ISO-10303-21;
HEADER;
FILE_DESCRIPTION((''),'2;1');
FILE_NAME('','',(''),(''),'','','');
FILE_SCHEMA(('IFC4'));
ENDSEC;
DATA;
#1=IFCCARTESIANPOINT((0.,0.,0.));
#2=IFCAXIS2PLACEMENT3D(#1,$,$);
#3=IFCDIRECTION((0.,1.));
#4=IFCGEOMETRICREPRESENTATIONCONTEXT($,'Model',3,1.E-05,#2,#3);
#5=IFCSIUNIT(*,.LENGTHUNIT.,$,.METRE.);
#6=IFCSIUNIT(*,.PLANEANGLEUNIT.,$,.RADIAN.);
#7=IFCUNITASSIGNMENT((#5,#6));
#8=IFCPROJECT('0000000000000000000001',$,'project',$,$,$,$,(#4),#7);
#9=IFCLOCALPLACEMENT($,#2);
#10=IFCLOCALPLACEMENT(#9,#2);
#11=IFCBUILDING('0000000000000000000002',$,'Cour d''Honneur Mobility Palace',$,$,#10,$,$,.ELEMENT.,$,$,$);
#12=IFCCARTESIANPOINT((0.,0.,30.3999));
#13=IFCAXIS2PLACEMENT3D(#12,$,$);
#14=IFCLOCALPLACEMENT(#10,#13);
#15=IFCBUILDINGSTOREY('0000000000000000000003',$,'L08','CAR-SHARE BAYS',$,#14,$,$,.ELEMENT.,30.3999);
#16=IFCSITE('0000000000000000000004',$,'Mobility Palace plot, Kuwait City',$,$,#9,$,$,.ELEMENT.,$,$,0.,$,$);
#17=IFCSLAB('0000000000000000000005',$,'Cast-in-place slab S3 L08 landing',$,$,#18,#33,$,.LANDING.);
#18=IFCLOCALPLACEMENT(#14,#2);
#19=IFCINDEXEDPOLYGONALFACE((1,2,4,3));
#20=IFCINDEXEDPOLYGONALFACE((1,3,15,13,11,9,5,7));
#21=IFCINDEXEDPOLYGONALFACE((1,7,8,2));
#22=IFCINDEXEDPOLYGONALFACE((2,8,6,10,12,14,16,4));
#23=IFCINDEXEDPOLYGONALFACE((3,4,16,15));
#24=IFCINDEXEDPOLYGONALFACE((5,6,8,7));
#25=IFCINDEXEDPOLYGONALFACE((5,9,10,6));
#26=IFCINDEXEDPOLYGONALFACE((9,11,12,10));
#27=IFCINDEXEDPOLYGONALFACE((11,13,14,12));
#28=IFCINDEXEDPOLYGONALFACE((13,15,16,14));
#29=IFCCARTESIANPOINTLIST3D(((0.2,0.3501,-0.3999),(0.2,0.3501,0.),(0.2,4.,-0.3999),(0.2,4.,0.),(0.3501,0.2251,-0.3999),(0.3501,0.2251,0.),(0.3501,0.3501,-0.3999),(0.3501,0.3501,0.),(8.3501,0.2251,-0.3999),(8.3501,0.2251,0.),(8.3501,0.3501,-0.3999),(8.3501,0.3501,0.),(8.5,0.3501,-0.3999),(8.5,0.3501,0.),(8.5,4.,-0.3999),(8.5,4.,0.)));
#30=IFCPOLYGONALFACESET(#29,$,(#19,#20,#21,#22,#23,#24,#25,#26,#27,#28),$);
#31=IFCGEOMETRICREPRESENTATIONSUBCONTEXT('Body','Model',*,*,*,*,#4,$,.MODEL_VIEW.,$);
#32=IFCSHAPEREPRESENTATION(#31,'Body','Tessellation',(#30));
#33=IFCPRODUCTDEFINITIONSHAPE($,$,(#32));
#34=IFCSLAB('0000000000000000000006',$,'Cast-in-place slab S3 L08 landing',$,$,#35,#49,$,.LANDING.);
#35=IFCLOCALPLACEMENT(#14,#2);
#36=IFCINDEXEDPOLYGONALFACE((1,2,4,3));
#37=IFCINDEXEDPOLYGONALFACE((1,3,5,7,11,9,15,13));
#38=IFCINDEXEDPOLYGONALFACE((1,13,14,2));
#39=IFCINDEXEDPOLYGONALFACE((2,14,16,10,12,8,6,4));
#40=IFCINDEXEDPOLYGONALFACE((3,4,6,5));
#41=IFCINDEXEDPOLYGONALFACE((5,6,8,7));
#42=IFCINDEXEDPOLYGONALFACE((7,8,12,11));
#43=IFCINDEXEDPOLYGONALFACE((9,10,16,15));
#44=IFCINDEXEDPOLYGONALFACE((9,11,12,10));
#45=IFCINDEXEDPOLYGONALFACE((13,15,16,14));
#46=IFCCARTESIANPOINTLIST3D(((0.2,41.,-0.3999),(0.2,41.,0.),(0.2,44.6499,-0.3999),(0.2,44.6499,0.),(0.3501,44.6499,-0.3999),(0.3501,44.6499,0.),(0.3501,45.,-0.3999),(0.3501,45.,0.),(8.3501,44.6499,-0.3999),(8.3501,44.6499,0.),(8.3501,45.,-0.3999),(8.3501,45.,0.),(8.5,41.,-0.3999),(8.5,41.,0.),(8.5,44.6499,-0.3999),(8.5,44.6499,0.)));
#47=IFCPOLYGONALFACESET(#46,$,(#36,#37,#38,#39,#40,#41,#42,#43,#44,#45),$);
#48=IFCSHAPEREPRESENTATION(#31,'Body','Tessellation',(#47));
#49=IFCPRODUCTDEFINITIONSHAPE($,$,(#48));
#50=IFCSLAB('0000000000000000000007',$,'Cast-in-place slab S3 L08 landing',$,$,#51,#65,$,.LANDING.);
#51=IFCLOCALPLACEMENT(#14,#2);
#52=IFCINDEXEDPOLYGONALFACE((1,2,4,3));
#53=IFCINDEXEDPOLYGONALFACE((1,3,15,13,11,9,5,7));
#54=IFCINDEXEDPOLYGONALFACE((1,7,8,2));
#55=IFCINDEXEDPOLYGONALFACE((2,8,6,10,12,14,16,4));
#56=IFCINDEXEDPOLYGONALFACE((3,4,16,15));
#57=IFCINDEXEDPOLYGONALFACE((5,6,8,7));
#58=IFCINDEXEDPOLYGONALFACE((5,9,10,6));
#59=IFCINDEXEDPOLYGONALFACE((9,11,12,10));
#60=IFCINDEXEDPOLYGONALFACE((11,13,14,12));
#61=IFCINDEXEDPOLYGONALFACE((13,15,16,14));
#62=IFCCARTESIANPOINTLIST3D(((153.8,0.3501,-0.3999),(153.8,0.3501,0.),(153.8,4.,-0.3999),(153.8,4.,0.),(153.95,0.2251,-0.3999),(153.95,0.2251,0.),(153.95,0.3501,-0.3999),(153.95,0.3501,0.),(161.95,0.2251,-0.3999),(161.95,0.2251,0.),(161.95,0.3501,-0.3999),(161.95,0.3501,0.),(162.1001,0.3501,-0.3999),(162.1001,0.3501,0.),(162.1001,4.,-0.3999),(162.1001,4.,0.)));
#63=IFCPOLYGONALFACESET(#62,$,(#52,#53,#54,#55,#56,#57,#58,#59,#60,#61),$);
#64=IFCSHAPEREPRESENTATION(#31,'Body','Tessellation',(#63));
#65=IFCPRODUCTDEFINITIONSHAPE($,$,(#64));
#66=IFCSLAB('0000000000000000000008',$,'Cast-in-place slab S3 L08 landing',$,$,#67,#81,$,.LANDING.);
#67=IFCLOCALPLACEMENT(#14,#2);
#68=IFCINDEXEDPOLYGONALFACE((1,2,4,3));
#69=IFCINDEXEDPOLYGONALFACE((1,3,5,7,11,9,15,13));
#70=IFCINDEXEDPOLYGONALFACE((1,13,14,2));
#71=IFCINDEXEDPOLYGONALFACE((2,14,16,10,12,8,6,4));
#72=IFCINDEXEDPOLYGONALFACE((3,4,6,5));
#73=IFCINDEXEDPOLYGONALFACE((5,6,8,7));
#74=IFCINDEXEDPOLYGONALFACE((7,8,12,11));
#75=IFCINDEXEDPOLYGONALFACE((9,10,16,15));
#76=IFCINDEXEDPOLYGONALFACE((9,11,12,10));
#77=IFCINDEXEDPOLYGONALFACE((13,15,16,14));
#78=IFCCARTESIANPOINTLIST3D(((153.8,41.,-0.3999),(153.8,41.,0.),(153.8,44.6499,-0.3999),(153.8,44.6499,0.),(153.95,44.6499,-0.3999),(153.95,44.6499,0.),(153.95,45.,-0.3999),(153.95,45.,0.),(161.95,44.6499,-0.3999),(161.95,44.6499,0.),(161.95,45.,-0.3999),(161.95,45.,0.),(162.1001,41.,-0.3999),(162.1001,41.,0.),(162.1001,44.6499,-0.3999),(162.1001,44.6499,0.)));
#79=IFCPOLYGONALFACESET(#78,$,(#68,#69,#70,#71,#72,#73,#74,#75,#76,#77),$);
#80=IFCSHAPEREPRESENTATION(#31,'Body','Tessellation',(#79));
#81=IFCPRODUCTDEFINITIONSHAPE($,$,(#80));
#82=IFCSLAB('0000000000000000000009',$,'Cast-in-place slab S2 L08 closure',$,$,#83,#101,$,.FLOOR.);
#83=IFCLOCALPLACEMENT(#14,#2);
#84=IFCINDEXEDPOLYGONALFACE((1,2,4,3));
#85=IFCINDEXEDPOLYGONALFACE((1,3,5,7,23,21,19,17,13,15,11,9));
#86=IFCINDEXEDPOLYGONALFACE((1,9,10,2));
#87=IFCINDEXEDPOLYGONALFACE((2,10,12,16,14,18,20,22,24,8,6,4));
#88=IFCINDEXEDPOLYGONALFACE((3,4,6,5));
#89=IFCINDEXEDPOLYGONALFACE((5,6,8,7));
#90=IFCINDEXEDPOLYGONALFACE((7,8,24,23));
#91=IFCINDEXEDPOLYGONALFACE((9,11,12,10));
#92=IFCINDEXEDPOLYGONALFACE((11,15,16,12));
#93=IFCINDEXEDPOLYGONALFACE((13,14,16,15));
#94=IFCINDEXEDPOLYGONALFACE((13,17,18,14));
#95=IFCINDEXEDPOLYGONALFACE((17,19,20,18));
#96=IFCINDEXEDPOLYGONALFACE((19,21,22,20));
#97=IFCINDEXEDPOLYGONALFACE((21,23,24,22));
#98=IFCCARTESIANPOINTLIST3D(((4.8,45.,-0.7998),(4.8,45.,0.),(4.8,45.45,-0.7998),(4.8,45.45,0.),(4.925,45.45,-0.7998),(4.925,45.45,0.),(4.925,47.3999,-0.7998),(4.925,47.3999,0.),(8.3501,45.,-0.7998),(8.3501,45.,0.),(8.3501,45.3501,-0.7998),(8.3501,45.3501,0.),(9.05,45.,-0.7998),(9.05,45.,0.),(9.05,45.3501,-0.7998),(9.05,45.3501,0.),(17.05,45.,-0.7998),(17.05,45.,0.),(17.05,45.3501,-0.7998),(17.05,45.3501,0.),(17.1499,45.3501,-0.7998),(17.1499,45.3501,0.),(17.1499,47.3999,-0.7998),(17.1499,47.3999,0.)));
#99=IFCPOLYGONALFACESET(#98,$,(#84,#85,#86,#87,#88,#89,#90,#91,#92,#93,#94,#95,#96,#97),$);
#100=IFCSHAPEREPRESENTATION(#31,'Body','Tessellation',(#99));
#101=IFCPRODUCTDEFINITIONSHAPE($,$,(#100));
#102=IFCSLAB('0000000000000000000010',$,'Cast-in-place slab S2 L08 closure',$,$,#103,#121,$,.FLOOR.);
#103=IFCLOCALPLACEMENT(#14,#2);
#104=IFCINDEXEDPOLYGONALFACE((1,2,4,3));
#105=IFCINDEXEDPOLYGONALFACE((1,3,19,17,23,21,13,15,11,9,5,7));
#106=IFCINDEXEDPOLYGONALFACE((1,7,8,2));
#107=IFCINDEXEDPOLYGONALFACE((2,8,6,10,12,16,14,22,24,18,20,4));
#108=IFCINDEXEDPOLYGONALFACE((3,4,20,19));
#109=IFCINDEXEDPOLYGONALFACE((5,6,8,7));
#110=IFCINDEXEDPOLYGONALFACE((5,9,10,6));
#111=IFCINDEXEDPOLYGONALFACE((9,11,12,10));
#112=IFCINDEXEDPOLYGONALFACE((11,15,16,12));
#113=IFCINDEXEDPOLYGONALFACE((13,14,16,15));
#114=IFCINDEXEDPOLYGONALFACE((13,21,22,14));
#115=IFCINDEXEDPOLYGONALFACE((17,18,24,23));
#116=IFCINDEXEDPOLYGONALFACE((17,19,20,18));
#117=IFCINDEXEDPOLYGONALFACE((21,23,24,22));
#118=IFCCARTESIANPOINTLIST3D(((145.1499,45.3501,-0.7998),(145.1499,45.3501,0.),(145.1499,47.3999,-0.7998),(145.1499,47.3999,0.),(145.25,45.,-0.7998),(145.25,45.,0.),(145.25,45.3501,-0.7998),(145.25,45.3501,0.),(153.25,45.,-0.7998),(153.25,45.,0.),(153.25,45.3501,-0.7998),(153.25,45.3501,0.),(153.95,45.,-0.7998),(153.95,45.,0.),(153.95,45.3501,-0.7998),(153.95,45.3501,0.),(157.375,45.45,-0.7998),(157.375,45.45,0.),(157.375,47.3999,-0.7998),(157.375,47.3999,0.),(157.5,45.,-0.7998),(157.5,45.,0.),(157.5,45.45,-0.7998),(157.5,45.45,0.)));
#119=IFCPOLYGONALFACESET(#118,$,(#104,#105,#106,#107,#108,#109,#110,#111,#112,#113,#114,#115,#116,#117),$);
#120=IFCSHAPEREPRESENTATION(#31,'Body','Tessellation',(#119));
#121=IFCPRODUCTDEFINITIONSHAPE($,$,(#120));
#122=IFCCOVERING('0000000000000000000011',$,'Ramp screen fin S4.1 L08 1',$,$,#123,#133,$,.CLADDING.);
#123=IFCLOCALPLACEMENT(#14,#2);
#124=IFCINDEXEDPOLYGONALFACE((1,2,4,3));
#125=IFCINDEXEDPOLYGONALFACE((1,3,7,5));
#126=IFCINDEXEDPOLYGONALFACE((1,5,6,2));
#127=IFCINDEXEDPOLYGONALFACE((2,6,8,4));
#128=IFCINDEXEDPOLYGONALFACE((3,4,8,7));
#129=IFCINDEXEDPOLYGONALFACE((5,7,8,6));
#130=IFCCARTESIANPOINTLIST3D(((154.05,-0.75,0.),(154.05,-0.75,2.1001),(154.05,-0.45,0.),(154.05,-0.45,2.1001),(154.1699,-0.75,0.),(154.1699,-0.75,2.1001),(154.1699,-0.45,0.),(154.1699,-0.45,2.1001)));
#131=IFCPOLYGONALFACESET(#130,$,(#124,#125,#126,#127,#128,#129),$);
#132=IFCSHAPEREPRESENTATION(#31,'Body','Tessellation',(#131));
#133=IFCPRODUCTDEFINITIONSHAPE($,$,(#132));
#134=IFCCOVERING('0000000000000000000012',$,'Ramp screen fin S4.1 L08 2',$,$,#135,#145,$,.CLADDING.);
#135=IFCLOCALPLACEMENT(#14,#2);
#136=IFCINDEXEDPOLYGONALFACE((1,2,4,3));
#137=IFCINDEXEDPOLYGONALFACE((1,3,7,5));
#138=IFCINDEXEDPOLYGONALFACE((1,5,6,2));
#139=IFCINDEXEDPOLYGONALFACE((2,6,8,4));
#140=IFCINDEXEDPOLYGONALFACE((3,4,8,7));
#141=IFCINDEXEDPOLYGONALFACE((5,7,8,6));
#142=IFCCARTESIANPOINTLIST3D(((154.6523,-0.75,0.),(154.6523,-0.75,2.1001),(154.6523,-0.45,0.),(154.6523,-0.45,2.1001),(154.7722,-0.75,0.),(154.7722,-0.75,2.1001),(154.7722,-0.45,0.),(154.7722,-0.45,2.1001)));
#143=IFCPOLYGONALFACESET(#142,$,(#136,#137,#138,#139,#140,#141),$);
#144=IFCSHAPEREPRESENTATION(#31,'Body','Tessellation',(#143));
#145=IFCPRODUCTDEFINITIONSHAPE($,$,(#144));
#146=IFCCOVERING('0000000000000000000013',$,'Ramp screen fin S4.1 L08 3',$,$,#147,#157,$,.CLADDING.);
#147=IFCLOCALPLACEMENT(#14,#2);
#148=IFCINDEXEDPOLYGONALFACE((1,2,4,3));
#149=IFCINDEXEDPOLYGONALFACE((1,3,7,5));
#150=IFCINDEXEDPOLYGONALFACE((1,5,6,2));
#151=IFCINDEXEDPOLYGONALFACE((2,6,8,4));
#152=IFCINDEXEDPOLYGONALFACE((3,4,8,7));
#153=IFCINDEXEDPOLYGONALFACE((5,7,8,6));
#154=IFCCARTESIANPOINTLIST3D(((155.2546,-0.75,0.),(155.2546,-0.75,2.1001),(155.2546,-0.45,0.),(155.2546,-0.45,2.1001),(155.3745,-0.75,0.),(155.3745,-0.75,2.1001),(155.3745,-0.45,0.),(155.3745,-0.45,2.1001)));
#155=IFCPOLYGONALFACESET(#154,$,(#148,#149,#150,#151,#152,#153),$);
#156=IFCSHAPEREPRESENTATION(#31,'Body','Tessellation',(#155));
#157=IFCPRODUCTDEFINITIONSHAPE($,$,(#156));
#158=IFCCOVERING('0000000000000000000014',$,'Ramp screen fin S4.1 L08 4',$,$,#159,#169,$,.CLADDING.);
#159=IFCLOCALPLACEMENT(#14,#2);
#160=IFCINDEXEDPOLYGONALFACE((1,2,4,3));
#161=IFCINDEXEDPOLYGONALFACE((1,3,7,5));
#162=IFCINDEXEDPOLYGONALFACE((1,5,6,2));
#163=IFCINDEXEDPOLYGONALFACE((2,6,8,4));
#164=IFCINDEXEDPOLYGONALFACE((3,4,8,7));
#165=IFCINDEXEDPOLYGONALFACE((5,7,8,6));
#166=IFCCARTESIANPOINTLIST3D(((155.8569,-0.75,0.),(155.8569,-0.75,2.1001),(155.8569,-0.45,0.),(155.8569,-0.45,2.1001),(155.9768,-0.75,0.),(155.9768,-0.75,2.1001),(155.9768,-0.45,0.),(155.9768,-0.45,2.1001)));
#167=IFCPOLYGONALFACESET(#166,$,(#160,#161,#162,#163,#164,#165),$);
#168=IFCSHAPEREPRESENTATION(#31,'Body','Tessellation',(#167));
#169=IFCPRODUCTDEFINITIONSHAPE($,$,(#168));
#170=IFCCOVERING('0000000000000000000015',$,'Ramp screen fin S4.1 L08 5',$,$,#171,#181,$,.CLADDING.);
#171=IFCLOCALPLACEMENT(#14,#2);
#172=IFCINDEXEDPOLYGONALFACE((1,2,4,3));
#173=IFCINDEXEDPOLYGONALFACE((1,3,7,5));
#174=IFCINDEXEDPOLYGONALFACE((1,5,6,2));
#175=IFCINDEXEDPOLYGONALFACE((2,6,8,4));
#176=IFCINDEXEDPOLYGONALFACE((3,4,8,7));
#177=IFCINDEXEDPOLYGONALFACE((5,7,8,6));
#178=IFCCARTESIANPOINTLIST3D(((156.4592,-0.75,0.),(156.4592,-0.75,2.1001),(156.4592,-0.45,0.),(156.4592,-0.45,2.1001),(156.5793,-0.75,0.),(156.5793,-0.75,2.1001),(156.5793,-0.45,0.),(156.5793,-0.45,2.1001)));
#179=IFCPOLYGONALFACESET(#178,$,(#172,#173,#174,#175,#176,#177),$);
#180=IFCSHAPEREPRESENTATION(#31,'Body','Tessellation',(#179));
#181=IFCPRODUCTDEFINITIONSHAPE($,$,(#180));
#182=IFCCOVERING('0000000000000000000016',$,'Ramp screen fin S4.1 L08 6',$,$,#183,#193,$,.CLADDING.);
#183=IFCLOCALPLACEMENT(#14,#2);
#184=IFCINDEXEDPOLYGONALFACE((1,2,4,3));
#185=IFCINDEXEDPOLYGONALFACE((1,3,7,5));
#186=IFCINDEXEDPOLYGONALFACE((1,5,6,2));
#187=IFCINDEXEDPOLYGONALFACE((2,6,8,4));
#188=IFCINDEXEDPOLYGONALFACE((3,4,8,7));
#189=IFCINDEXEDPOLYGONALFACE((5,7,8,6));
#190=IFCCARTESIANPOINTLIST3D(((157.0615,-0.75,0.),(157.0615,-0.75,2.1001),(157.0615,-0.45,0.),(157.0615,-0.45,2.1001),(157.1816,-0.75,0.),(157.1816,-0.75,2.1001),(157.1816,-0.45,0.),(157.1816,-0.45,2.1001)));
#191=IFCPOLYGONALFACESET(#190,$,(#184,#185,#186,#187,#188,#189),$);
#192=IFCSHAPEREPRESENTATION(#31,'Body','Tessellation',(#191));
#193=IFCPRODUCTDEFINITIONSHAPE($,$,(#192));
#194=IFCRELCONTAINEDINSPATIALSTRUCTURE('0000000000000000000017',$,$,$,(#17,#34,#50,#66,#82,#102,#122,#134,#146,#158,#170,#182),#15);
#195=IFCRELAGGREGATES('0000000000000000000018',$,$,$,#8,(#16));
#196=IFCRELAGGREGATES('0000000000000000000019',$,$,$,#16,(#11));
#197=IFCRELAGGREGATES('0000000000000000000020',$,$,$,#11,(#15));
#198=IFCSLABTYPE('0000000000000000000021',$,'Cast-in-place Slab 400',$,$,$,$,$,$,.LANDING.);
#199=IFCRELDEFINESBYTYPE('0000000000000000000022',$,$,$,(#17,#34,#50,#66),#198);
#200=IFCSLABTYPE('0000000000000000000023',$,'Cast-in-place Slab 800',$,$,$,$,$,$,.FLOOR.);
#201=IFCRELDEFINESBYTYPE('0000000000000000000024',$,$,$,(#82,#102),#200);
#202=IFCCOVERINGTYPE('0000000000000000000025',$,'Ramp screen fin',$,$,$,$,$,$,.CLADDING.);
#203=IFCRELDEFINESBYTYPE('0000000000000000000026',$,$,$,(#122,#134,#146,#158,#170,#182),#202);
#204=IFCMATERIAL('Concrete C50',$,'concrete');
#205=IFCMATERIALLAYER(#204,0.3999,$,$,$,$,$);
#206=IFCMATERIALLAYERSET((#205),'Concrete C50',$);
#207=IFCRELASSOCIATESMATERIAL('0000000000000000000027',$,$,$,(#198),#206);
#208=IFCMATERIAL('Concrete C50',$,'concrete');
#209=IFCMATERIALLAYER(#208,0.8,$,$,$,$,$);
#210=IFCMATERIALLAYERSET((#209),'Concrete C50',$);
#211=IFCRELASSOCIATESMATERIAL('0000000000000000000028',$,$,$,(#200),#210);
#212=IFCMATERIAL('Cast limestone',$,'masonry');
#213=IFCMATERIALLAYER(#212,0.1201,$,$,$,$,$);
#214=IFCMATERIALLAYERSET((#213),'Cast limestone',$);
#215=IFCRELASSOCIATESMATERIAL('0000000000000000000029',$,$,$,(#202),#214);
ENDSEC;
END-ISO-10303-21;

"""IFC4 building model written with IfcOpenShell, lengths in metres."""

from ifc_helpers import new_model, si_unit, direction, frame, origin, place, context, subcontext, project, spatial, polyline, outline, extrude, material, layer, layer_set, type_object, element, save


model = new_model("IFC4")

# Units and contexts
model_context = context("Model", 3, precision=1e-05, world=origin(), true_north=direction((0.0, 1.0)))
body_context = subcontext(model_context, "Body", "Model", "MODEL_VIEW")
ifc_project = project(units=[si_unit("LENGTHUNIT", "METRE"), si_unit("PLANEANGLEUNIT", "RADIAN")], contexts=[model_context])

# Site, building, storey
site_placement = place(None, origin())
site = spatial("IfcSite", under=ifc_project, at=site_placement, Name="Mobility Palace plot, Kuwait City", CompositionType="ELEMENT", RefElevation=0.0)
building_placement = place(site_placement, origin())
building = spatial("IfcBuilding", under=site, at=building_placement, Name="Cour d'Honneur Mobility Palace", CompositionType="ELEMENT")
storey_placement = place(building_placement, frame((0.0, 0.0, 30.3999)))
storey = spatial("IfcBuildingStorey", under=building, at=storey_placement, Name="L08", Description="CAR-SHARE BAYS", CompositionType="ELEMENT", Elevation=30.3999)

# Slabs
ifc_material_1 = material(Name="Concrete C50", Category="concrete")
ifc_layer_1 = layer(ifc_material_1, 0.3999)
ifc_layer_set_1 = layer_set([ifc_layer_1], Name="Concrete C50")
slab_type_1 = type_object("IfcSlabType", Name="Cast-in-place Slab 400", PredefinedType="LANDING", material=ifc_layer_set_1)
slab_1_placement = place(storey_placement, frame((0.0, 0.0, -0.3999)))
element("IfcSlab", 1, at=slab_1_placement, inside=storey, type_object=slab_type_1, Name="Cast-in-place slab S3 L08 landing", PredefinedType="LANDING", context=body_context, shape_type="SweptSolid", body=[
    extrude(outline(polyline([(8.3501, 0.3501), (8.3501, 0.2251), (0.3501, 0.2251), (0.3501, 0.3501), (0.2, 0.3501), (0.2, 4.0), (8.5, 4.0), (8.5, 0.3501), (8.3501, 0.3501)])), origin(), (0.0, 0.0, 1.0), 0.3999),
])
slab_2_placement = place(storey_placement, frame((0.0, 0.0, -0.3999)))
element("IfcSlab", 2, at=slab_2_placement, inside=storey, type_object=slab_type_1, Name="Cast-in-place slab S3 L08 landing", PredefinedType="LANDING", context=body_context, shape_type="SweptSolid", body=[
    extrude(outline(polyline([(8.5, 44.6499), (8.5, 41.0), (0.2, 41.0), (0.2, 44.6499), (0.3501, 44.6499), (0.3501, 45.0), (8.3501, 45.0), (8.3501, 44.6499), (8.5, 44.6499)])), origin(), (0.0, 0.0, 1.0), 0.3999),
])
slab_3_placement = place(storey_placement, frame((0.0, 0.0, -0.3999)))
element("IfcSlab", 3, at=slab_3_placement, inside=storey, type_object=slab_type_1, Name="Cast-in-place slab S3 L08 landing", PredefinedType="LANDING", context=body_context, shape_type="SweptSolid", body=[
    extrude(outline(polyline([(161.95, 0.3501), (161.95, 0.2251), (153.95, 0.2251), (153.95, 0.3501), (153.8, 0.3501), (153.8, 4.0), (162.1001, 4.0), (162.1001, 0.3501), (161.95, 0.3501)])), origin(), (0.0, 0.0, 1.0), 0.3999),
])
slab_4_placement = place(storey_placement, frame((0.0, 0.0, -0.3999)))
element("IfcSlab", 4, at=slab_4_placement, inside=storey, type_object=slab_type_1, Name="Cast-in-place slab S3 L08 landing", PredefinedType="LANDING", context=body_context, shape_type="SweptSolid", body=[
    extrude(outline(polyline([(162.1001, 44.6499), (162.1001, 41.0), (153.8, 41.0), (153.8, 44.6499), (153.95, 44.6499), (153.95, 45.0), (161.95, 45.0), (161.95, 44.6499), (162.1001, 44.6499)])), origin(), (0.0, 0.0, 1.0), 0.3999),
])
ifc_material_2 = material(Name="Concrete C50", Category="concrete")
ifc_layer_2 = layer(ifc_material_2, 0.8)
ifc_layer_set_2 = layer_set([ifc_layer_2], Name="Concrete C50")
slab_type_2 = type_object("IfcSlabType", Name="Cast-in-place Slab 800", PredefinedType="FLOOR", material=ifc_layer_set_2)
slab_5_placement = place(storey_placement, frame((0.0, 0.0, -0.7998)))
element("IfcSlab", 5, at=slab_5_placement, inside=storey, type_object=slab_type_2, Name="Cast-in-place slab S2 L08 closure", PredefinedType="FLOOR", context=body_context, shape_type="SweptSolid", body=[
    extrude(outline(polyline([(17.05, 45.3501), (17.05, 45.0), (9.05, 45.0), (9.05, 45.3501), (8.3501, 45.3501), (8.3501, 45.0), (4.8, 45.0), (4.8, 45.45), (4.925, 45.45), (4.925, 47.3999), (17.1499, 47.3999), (17.1499, 45.3501), (17.05, 45.3501)])), origin(), (0.0, 0.0, 1.0), 0.7998),
])
slab_6_placement = place(storey_placement, frame((0.0, 0.0, -0.7998)))
element("IfcSlab", 6, at=slab_6_placement, inside=storey, type_object=slab_type_2, Name="Cast-in-place slab S2 L08 closure", PredefinedType="FLOOR", context=body_context, shape_type="SweptSolid", body=[
    extrude(outline(polyline([(153.95, 45.3501), (153.25, 45.3501), (153.25, 45.0), (145.25, 45.0), (145.25, 45.3501), (145.1499, 45.3501), (145.1499, 47.3999), (157.375, 47.3999), (157.375, 45.45), (157.5, 45.45), (157.5, 45.0), (153.95, 45.0), (153.95, 45.3501)])), origin(), (0.0, 0.0, 1.0), 0.7998),
])

# Coverings
ifc_material_3 = material(Name="Cast limestone", Category="masonry")
ifc_layer_3 = layer(ifc_material_3, 0.1201)
ifc_layer_set_3 = layer_set([ifc_layer_3], Name="Cast limestone")
covering_type = type_object("IfcCoveringType", Name="Ramp screen fin", PredefinedType="CLADDING", material=ifc_layer_set_3)
covering_1_placement = place(storey_placement, origin())
element("IfcCovering", 7, at=covering_1_placement, inside=storey, type_object=covering_type, Name="Ramp screen fin S4.1 L08 1", PredefinedType="CLADDING", context=body_context, shape_type="SweptSolid", body=[
    extrude(outline(polyline([(154.05, -0.45), (154.1699, -0.45), (154.1699, -0.75), (154.05, -0.75), (154.05, -0.45)])), origin(), (0.0, 0.0, 1.0), 2.1001),
])
covering_2_placement = place(storey_placement, origin())
element("IfcCovering", 8, at=covering_2_placement, inside=storey, type_object=covering_type, Name="Ramp screen fin S4.1 L08 2", PredefinedType="CLADDING", context=body_context, shape_type="SweptSolid", body=[
    extrude(outline(polyline([(154.6523, -0.45), (154.7722, -0.45), (154.7722, -0.75), (154.6523, -0.75), (154.6523, -0.45)])), origin(), (0.0, 0.0, 1.0), 2.1001),
])
covering_3_placement = place(storey_placement, origin())
element("IfcCovering", 9, at=covering_3_placement, inside=storey, type_object=covering_type, Name="Ramp screen fin S4.1 L08 3", PredefinedType="CLADDING", context=body_context, shape_type="SweptSolid", body=[
    extrude(outline(polyline([(155.2546, -0.45), (155.3745, -0.45), (155.3745, -0.75), (155.2546, -0.75), (155.2546, -0.45)])), origin(), (0.0, 0.0, 1.0), 2.1001),
])
covering_4_placement = place(storey_placement, origin())
element("IfcCovering", 10, at=covering_4_placement, inside=storey, type_object=covering_type, Name="Ramp screen fin S4.1 L08 4", PredefinedType="CLADDING", context=body_context, shape_type="SweptSolid", body=[
    extrude(outline(polyline([(155.8569, -0.45), (155.9768, -0.45), (155.9768, -0.75), (155.8569, -0.75), (155.8569, -0.45)])), origin(), (0.0, 0.0, 1.0), 2.1001),
])
covering_5_placement = place(storey_placement, origin())
element("IfcCovering", 11, at=covering_5_placement, inside=storey, type_object=covering_type, Name="Ramp screen fin S4.1 L08 5", PredefinedType="CLADDING", context=body_context, shape_type="SweptSolid", body=[
    extrude(outline(polyline([(156.4592, -0.45), (156.5793, -0.45), (156.5793, -0.75), (156.4592, -0.75), (156.4592, -0.45)])), origin(), (0.0, 0.0, 1.0), 2.1001),
])
covering_6_placement = place(storey_placement, origin())
element("IfcCovering", 12, at=covering_6_placement, inside=storey, type_object=covering_type, Name="Ramp screen fin S4.1 L08 6", PredefinedType="CLADDING", context=body_context, shape_type="SweptSolid", body=[
    extrude(outline(polyline([(157.0615, -0.45), (157.1816, -0.45), (157.1816, -0.75), (157.0615, -0.75), (157.0615, -0.45)])), origin(), (0.0, 0.0, 1.0), 2.1001),
])

save(model, "model.ifc")
